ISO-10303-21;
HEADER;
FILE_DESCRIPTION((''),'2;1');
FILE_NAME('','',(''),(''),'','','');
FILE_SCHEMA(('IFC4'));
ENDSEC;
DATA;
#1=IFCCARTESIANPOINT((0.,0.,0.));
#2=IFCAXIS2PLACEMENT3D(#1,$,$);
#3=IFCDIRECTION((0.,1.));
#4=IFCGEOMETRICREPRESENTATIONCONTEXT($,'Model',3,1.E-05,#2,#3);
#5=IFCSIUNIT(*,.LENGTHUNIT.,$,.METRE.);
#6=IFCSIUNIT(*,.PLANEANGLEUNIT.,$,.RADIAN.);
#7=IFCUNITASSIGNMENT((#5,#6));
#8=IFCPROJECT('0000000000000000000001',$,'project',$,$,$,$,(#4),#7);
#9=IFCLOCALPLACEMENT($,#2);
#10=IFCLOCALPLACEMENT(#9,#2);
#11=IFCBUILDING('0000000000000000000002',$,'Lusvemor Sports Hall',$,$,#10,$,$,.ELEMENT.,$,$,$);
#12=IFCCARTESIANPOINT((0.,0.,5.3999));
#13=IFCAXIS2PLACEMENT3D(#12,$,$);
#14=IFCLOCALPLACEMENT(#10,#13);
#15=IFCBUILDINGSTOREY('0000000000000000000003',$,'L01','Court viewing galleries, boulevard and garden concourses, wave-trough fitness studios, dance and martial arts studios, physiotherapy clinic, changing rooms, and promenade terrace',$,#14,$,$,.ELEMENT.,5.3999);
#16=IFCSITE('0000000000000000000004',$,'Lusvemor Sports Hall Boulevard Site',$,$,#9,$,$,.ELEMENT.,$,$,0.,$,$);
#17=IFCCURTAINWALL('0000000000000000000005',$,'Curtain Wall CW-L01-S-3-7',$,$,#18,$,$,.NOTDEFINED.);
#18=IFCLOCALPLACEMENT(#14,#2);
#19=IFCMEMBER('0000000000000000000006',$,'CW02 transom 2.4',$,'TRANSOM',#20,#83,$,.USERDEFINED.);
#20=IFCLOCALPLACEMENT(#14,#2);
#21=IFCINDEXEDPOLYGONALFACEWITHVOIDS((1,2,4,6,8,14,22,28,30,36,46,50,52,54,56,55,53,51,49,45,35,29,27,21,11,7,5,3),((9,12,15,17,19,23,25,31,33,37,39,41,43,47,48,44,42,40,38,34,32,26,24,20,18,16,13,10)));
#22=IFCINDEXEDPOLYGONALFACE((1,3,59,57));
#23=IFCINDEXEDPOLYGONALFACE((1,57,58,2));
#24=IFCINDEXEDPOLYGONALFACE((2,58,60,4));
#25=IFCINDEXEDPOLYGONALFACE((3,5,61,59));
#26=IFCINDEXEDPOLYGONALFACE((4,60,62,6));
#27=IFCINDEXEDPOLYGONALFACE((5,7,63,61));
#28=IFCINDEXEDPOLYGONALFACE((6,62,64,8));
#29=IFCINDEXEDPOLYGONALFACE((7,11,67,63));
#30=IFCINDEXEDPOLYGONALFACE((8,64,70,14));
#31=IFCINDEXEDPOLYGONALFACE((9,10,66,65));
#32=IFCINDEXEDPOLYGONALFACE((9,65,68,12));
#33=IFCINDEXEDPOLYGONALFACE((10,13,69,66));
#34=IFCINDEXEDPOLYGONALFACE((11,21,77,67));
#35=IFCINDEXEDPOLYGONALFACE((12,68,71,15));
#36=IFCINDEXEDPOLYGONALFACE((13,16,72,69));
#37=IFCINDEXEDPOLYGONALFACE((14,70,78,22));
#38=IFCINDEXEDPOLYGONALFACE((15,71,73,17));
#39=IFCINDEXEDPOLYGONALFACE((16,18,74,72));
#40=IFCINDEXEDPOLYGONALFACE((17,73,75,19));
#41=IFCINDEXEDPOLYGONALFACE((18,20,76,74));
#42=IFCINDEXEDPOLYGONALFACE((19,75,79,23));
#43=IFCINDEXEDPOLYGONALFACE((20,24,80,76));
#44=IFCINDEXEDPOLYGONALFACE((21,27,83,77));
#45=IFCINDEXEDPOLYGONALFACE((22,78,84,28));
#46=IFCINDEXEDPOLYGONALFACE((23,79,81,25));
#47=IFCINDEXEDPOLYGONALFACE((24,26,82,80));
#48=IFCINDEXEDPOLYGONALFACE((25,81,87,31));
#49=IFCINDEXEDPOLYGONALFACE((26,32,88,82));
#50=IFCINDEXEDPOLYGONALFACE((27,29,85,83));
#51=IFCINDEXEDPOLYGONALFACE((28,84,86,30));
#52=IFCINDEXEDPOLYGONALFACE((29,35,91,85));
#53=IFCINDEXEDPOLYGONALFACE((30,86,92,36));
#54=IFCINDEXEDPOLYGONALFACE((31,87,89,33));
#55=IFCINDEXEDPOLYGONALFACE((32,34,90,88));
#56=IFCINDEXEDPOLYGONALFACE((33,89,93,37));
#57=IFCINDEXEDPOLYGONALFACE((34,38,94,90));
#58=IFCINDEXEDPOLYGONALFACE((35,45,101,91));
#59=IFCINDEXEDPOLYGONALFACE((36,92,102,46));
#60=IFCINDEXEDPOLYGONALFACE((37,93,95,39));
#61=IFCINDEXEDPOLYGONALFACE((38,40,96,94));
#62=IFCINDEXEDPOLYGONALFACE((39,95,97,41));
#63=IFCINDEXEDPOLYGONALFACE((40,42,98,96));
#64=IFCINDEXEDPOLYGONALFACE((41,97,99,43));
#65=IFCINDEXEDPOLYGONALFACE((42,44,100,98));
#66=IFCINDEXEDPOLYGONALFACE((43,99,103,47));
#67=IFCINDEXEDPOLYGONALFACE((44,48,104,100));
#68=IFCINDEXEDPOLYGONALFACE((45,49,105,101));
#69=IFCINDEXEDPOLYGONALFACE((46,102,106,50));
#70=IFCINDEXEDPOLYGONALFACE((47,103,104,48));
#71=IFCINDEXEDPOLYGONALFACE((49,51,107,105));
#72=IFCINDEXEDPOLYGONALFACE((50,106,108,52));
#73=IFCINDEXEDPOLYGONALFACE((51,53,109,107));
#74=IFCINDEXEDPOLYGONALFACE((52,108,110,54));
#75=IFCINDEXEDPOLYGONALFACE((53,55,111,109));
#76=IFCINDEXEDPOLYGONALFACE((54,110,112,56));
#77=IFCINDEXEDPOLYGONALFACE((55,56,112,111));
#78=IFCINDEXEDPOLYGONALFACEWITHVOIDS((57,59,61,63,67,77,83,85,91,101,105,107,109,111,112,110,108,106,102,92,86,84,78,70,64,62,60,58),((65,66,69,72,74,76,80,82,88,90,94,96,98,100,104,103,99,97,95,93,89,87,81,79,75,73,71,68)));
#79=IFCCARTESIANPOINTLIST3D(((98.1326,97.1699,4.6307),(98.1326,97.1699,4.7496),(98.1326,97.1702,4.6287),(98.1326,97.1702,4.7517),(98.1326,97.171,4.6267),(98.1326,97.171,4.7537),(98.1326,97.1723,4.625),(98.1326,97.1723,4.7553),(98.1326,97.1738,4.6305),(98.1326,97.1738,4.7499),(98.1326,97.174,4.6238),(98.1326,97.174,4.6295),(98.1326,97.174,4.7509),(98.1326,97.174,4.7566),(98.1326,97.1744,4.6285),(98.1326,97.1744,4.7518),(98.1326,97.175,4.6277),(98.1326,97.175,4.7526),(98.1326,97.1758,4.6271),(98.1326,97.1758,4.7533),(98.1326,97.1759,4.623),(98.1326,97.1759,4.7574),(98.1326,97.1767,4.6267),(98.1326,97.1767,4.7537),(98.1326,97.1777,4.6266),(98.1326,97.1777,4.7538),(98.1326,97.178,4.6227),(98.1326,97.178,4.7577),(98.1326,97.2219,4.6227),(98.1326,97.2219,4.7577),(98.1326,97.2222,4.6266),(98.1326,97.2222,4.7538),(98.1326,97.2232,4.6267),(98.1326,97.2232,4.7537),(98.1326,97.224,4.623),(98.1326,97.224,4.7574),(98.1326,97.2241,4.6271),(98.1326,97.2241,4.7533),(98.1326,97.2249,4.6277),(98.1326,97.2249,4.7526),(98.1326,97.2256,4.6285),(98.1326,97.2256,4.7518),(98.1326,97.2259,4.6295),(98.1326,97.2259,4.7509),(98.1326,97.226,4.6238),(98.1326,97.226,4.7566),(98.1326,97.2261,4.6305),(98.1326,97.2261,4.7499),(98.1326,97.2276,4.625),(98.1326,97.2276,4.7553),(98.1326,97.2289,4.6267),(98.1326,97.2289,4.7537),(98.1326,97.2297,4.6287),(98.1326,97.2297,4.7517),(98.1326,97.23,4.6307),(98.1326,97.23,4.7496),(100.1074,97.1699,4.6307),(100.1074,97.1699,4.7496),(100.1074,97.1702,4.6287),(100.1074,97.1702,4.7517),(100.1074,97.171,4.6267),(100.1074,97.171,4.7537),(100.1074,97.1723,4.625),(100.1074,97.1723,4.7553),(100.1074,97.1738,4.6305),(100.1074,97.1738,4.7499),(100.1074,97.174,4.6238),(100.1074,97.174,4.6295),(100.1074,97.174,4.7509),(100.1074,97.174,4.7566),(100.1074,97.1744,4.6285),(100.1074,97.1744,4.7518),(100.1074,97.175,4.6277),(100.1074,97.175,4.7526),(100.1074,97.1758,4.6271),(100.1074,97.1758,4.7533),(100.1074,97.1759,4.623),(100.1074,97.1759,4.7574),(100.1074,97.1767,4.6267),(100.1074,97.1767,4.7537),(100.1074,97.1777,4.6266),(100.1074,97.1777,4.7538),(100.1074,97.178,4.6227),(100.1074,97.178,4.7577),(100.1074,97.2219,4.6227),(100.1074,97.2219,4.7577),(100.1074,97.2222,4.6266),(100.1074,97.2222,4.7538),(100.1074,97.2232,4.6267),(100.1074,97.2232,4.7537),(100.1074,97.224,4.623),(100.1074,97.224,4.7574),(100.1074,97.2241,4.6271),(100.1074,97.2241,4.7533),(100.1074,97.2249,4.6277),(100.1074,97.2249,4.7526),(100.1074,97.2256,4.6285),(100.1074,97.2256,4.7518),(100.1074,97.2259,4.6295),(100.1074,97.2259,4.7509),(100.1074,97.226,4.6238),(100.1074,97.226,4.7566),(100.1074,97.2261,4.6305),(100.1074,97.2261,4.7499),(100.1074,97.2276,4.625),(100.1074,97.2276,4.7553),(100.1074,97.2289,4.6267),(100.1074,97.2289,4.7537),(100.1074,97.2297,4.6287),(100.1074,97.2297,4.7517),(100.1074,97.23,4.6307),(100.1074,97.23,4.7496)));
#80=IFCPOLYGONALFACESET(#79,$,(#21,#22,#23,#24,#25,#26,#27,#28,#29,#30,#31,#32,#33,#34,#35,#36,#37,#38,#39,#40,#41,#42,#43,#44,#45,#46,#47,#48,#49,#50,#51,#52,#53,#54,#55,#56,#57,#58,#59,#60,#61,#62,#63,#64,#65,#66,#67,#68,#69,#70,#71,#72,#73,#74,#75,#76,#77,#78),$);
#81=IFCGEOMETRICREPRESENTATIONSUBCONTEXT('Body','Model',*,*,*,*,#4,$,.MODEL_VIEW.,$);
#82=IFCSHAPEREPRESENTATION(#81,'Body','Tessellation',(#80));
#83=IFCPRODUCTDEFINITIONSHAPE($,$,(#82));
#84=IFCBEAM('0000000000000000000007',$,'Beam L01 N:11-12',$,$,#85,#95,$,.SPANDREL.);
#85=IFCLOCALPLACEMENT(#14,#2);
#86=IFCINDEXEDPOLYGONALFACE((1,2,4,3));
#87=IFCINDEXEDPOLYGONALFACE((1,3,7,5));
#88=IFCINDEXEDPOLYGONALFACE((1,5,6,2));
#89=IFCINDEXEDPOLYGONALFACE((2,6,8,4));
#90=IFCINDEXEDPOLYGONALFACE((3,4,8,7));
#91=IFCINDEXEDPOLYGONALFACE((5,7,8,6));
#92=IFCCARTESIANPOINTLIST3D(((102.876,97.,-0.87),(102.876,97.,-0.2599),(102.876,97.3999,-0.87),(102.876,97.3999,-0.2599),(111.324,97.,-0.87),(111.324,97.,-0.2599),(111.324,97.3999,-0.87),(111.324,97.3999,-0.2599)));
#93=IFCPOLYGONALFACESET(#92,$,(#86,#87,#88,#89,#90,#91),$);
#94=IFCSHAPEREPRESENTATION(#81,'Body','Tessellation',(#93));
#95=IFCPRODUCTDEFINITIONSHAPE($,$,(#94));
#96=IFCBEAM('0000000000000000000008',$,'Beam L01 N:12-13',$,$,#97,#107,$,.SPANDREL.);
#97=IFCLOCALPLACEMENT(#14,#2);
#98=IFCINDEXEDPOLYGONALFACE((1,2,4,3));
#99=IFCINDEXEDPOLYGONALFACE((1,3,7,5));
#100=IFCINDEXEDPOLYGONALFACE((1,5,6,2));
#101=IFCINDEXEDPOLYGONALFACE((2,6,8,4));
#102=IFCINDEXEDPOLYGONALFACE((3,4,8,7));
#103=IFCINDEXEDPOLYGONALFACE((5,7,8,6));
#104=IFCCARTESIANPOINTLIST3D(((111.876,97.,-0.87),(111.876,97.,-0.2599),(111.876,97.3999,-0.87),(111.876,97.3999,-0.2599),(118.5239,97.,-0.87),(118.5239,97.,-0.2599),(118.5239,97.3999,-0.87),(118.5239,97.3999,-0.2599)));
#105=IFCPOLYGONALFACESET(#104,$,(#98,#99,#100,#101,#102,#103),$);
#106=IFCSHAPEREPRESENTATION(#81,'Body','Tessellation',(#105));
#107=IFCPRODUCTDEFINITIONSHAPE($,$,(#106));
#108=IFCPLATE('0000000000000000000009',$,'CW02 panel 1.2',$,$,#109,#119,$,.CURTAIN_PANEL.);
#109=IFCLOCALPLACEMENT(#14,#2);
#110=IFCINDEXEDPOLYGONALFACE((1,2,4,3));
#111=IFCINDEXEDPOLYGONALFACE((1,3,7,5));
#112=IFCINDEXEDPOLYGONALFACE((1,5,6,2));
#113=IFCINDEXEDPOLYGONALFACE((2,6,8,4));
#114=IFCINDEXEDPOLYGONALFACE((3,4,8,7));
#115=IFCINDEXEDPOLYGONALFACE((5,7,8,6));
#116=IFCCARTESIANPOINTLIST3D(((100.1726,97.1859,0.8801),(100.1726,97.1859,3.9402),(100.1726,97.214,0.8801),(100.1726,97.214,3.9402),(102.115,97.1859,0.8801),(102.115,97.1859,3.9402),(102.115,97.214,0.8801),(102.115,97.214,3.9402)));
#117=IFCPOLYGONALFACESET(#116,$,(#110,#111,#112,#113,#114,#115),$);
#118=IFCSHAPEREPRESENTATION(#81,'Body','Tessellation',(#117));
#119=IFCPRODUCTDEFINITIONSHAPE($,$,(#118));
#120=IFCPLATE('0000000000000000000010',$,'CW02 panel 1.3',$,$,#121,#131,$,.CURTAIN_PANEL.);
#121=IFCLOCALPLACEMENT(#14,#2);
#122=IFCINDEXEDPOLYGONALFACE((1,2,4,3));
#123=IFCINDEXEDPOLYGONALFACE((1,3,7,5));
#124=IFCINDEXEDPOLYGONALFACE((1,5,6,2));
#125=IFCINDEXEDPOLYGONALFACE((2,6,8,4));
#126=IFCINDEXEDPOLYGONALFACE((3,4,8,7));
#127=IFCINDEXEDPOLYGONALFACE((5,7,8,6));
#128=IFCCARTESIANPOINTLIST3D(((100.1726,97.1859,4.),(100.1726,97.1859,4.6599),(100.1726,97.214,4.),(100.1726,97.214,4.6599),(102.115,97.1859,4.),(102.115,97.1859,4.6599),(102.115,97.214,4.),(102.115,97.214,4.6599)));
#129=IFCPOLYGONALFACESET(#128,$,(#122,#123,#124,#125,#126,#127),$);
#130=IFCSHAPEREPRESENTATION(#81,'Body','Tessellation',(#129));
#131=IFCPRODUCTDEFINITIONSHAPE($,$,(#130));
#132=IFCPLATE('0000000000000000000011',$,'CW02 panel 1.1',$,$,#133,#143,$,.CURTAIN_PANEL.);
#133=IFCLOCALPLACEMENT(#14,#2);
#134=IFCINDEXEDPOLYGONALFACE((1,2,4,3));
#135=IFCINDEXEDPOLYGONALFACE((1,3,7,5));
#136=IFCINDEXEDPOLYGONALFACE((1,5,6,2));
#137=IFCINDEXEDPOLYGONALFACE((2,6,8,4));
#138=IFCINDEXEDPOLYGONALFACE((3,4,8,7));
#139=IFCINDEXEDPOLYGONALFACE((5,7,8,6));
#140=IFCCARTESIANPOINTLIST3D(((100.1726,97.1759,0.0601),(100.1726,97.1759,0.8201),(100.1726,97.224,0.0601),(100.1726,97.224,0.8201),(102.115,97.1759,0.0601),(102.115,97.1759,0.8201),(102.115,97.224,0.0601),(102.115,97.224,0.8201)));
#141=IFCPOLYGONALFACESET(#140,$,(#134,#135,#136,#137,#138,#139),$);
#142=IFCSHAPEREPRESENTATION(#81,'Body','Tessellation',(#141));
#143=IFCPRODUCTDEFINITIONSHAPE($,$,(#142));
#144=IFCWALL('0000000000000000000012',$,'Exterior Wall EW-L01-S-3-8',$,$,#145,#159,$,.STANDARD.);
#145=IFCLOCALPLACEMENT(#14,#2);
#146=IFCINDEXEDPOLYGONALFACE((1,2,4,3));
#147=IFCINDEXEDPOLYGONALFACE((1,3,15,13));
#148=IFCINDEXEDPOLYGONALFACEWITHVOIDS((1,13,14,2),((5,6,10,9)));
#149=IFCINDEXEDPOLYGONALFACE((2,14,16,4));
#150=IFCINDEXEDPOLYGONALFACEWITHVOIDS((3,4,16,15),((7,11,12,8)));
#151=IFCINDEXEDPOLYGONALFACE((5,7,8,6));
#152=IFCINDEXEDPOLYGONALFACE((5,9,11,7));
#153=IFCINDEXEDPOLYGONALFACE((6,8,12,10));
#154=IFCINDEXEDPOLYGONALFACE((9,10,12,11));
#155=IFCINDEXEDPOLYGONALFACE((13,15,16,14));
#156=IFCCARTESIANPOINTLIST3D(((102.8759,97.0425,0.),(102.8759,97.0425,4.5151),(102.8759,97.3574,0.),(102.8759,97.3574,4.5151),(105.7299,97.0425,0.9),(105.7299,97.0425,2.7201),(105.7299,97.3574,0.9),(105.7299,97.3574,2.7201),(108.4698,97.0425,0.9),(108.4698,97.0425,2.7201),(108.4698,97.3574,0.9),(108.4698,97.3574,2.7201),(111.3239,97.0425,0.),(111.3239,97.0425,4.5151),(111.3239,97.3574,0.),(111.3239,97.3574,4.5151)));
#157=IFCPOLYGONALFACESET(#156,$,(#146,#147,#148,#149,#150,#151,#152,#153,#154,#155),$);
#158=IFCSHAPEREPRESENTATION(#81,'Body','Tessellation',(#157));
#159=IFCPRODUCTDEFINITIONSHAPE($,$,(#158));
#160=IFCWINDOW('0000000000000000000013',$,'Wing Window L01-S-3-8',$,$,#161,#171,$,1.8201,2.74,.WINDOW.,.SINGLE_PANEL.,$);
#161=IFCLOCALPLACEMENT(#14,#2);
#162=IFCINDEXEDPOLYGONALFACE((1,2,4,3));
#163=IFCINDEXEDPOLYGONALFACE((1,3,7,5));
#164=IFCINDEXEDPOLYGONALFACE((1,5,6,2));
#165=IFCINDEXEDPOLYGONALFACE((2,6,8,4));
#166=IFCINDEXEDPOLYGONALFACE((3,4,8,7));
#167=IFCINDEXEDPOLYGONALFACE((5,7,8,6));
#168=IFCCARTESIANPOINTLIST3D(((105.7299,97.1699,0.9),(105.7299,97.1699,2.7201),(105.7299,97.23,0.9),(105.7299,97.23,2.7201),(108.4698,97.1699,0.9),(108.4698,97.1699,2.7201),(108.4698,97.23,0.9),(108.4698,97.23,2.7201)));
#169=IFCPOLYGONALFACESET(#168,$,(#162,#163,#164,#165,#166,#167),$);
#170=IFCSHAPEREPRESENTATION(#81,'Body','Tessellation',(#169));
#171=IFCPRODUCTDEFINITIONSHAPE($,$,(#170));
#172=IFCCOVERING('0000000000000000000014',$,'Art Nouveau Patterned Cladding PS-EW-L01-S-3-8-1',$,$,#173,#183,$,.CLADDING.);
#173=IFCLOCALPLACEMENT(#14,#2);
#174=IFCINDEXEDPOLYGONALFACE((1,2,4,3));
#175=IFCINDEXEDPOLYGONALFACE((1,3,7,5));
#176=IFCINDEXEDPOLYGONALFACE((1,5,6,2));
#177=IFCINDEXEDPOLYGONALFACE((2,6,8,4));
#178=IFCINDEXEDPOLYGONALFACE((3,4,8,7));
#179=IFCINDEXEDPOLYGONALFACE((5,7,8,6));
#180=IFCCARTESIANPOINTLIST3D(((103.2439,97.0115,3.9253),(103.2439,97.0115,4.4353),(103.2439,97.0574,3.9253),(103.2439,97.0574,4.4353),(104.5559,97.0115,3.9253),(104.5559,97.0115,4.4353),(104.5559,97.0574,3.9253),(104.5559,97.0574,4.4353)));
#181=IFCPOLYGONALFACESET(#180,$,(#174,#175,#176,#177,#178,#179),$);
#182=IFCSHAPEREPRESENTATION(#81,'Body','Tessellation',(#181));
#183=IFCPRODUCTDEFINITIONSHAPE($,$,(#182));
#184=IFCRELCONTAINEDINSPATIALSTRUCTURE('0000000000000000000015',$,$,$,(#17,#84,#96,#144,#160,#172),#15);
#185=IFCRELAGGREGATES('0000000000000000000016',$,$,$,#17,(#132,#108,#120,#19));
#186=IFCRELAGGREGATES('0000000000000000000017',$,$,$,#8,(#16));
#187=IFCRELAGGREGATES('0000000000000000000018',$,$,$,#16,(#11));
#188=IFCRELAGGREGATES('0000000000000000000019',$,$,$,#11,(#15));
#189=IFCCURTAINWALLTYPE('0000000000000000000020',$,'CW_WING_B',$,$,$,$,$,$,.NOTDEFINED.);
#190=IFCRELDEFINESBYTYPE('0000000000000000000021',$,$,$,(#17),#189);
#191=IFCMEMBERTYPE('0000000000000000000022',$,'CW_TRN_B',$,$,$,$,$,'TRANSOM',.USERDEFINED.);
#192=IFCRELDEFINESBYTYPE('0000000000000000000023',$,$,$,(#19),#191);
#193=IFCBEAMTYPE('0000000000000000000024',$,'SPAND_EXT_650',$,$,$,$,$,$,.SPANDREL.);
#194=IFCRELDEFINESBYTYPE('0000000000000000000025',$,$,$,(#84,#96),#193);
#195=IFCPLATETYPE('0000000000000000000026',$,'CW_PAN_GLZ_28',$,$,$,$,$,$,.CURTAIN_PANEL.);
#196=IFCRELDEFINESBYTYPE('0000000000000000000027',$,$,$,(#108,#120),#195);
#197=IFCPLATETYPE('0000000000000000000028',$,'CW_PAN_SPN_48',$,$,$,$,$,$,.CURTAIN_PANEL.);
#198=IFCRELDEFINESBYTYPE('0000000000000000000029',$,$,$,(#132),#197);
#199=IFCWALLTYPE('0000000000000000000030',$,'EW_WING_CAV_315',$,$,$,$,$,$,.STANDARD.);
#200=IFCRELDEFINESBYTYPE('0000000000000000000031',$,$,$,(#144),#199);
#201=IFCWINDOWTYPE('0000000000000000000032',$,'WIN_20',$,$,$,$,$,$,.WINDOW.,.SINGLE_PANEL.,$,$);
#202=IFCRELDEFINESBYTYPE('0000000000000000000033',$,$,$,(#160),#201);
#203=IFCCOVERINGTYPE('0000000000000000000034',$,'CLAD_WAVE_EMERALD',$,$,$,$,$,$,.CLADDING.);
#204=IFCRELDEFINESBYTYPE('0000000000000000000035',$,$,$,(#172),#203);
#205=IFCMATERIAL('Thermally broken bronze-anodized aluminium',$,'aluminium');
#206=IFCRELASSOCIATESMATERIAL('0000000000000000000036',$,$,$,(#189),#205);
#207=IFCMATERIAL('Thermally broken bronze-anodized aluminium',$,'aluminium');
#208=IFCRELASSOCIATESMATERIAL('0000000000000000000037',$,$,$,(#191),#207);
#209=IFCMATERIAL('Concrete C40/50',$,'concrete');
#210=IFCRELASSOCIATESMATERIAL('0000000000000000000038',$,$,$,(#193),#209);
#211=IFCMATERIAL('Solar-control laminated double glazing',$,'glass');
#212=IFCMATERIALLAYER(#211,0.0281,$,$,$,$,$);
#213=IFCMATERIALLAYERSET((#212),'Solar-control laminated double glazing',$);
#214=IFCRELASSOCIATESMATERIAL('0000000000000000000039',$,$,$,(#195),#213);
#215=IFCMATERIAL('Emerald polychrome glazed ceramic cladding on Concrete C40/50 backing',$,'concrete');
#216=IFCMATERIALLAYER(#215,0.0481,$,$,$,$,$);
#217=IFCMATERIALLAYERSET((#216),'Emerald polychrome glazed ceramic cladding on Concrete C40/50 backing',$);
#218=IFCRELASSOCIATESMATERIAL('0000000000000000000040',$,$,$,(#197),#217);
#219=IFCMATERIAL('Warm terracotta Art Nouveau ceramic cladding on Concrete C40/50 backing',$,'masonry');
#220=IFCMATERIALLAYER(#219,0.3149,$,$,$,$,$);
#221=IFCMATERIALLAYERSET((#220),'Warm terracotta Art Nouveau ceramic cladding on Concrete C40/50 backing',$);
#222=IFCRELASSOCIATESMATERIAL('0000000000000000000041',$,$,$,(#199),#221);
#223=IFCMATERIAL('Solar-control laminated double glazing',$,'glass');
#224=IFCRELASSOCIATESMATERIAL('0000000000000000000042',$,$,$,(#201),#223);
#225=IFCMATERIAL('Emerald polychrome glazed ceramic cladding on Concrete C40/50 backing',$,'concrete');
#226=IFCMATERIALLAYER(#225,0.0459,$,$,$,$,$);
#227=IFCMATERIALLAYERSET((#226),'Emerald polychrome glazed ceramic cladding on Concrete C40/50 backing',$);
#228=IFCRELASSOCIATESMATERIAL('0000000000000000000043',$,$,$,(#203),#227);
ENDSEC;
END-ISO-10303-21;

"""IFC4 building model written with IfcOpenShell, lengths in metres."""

from ifc_helpers import new_model, si_unit, direction, frame, frame_2d, origin, origin_2d, place, context, subcontext, project, spatial, rectangle, hollow_rectangle, extrude, material, layer, layer_set, material_profile, profile_set, type_object, element, fill, aggregate, save


model = new_model("IFC4")

# Units and contexts
model_context = context("Model", 3, precision=1e-05, world=origin(), true_north=direction((0.0, 1.0)))
body_context = subcontext(model_context, "Body", "Model", "MODEL_VIEW")
ifc_project = project(units=[si_unit("LENGTHUNIT", "METRE"), si_unit("PLANEANGLEUNIT", "RADIAN")], contexts=[model_context])

# Site, building, storey
site_placement = place(None, origin())
site = spatial("IfcSite", under=ifc_project, at=site_placement, Name="Lusvemor Sports Hall Boulevard Site", CompositionType="ELEMENT", RefElevation=0.0)
building_placement = place(site_placement, origin())
building = spatial("IfcBuilding", under=site, at=building_placement, Name="Lusvemor Sports Hall", CompositionType="ELEMENT")
storey_placement = place(building_placement, frame((0.0, 0.0, 5.3999)))
storey = spatial("IfcBuildingStorey", under=building, at=storey_placement, Name="L01", Description="Court viewing galleries, boulevard and garden concourses, wave-trough fitness studios, dance and martial arts studios, physiotherapy clinic, changing rooms, and promenade terrace", CompositionType="ELEMENT", Elevation=5.3999)

# Curtain wall, member
ifc_material_1 = material(Name="Thermally broken bronze-anodized aluminium", Category="aluminium")
curtain_wall_type = type_object("IfcCurtainWallType", Name="CW_WING_B", PredefinedType="NOTDEFINED", material=ifc_material_1)
curtain_wall_placement = place(storey_placement, origin())
curtain_wall = element("IfcCurtainWall", 1, at=curtain_wall_placement, inside=storey, type_object=curtain_wall_type, Name="Curtain Wall CW-L01-S-3-7", PredefinedType="NOTDEFINED")
ifc_material_2 = material(Name="Thermally broken bronze-anodized aluminium", Category="aluminium")
ifc_material_profile_1 = material_profile(ifc_material_2, hollow_rectangle(XDim=0.0601, YDim=0.135, WallThickness=0.0039, InnerFilletRadius=0.0039, OuterFilletRadius=0.0081, at=origin_2d()), Name="CWTRN135x60x4")
ifc_profile_set_1 = profile_set([ifc_material_profile_1], Name="Thermally broken bronze-anodized aluminium")
member_type_1 = type_object("IfcMemberType", Name="CW_TRN_B", ElementType="TRANSOM", PredefinedType="USERDEFINED", material=ifc_profile_set_1)
member_1_placement = place(storey_placement, frame((100.1074, 97.2, 4.6902), z_axis=(-1.0, 0.0, 0.0), x_axis=(0.0, -1.0, 0.0)))
member_1 = element("IfcMember", 2, at=member_1_placement, type_object=member_type_1, Name="CW02 transom 2.4", ObjectType="TRANSOM", PredefinedType="USERDEFINED", context=body_context, shape_type="SweptSolid", body=[
    extrude(hollow_rectangle(XDim=0.0601, YDim=0.135, WallThickness=0.0039, InnerFilletRadius=0.0039, OuterFilletRadius=0.0081, at=origin_2d()), origin(), (0.0, 0.0, 1.0), 1.9749),
])

# Beams
ifc_material_3 = material(Name="Concrete C40/50", Category="concrete")
ifc_material_profile_2 = material_profile(ifc_material_3, rectangle(XDim=0.3999, YDim=0.6101, at=origin_2d()), Name="RC400x610")
ifc_profile_set_2 = profile_set([ifc_material_profile_2], Name="Concrete C40/50")
beam_type = type_object("IfcBeamType", Name="SPAND_EXT_650", PredefinedType="SPANDREL", material=ifc_profile_set_2)
beam_1_placement = place(storey_placement, frame((102.876, 97.2, -0.5649), z_axis=(1.0, 0.0, 0.0), x_axis=(0.0, 1.0, 0.0)))
element("IfcBeam", 3, at=beam_1_placement, inside=storey, type_object=beam_type, Name="Beam L01 N:11-12", PredefinedType="SPANDREL", context=body_context, shape_type="SweptSolid", body=[
    extrude(rectangle(XDim=0.3999, YDim=0.6101, at=origin_2d()), origin(), (0.0, 0.0, 1.0), 8.448),
])
beam_2_placement = place(storey_placement, frame((111.876, 97.2, -0.5649), z_axis=(1.0, 0.0, 0.0), x_axis=(0.0, 1.0, 0.0)))
element("IfcBeam", 4, at=beam_2_placement, inside=storey, type_object=beam_type, Name="Beam L01 N:12-13", PredefinedType="SPANDREL", context=body_context, shape_type="SweptSolid", body=[
    extrude(rectangle(XDim=0.3999, YDim=0.6101, at=origin_2d()), origin(), (0.0, 0.0, 1.0), 6.6479),
])

# Plates
ifc_material_4 = material(Name="Solar-control laminated double glazing", Category="glass")
ifc_layer_1 = layer(ifc_material_4, 0.0281)
ifc_layer_set_1 = layer_set([ifc_layer_1], Name="Solar-control laminated double glazing")
plate_type_1 = type_object("IfcPlateType", Name="CW_PAN_GLZ_28", PredefinedType="CURTAIN_PANEL", material=ifc_layer_set_1)
plate_1_placement = place(storey_placement, frame((101.1438, 97.2, 0.8801), z_axis=(0.0, 0.0, 1.0), x_axis=(-1.0, 0.0, 0.0)))
plate_1 = element("IfcPlate", 5, at=plate_1_placement, type_object=plate_type_1, Name="CW02 panel 1.2", PredefinedType="CURTAIN_PANEL", context=body_context, shape_type="SweptSolid", body=[
    extrude(rectangle(XDim=1.9424, YDim=0.0281, at=origin_2d()), origin(), (0.0, 0.0, 1.0), 3.0601),
])
plate_2_placement = place(storey_placement, frame((101.1438, 97.2, 4.0), z_axis=(0.0, 0.0, 1.0), x_axis=(-1.0, 0.0, 0.0)))
plate_2 = element("IfcPlate", 6, at=plate_2_placement, type_object=plate_type_1, Name="CW02 panel 1.3", PredefinedType="CURTAIN_PANEL", context=body_context, shape_type="SweptSolid", body=[
    extrude(rectangle(XDim=1.9424, YDim=0.0281, at=origin_2d()), origin(), (0.0, 0.0, 1.0), 0.6599),
])
ifc_material_5 = material(Name="Emerald polychrome glazed ceramic cladding on Concrete C40/50 backing", Category="concrete")
ifc_layer_2 = layer(ifc_material_5, 0.0481)
ifc_layer_set_2 = layer_set([ifc_layer_2], Name="Emerald polychrome glazed ceramic cladding on Concrete C40/50 backing")
plate_type_2 = type_object("IfcPlateType", Name="CW_PAN_SPN_48", PredefinedType="CURTAIN_PANEL", material=ifc_layer_set_2)
plate_3_placement = place(storey_placement, frame((101.1438, 97.2, 0.0601), z_axis=(0.0, 0.0, 1.0), x_axis=(-1.0, 0.0, 0.0)))
plate_3 = element("IfcPlate", 7, at=plate_3_placement, type_object=plate_type_2, Name="CW02 panel 1.1", PredefinedType="CURTAIN_PANEL", context=body_context, shape_type="SweptSolid", body=[
    extrude(rectangle(XDim=1.9424, YDim=0.0481, at=origin_2d()), origin(), (0.0, 0.0, 1.0), 0.76),
])
aggregate(curtain_wall, [plate_3, plate_1, plate_2, member_1])

# Wall, opening, window
ifc_material_6 = material(Name="Warm terracotta Art Nouveau ceramic cladding on Concrete C40/50 backing", Category="masonry")
ifc_layer_3 = layer(ifc_material_6, 0.3149)
ifc_layer_set_3 = layer_set([ifc_layer_3], Name="Warm terracotta Art Nouveau ceramic cladding on Concrete C40/50 backing")
wall_type = type_object("IfcWallType", Name="EW_WING_CAV_315", PredefinedType="STANDARD", material=ifc_layer_set_3)
wall_placement = place(storey_placement, frame((111.324, 97.2, 0.0), z_axis=(0.0, 0.0, 1.0), x_axis=(-1.0, 0.0, 0.0)))
wall = element("IfcWall", 8, at=wall_placement, inside=storey, type_object=wall_type, Name="Exterior Wall EW-L01-S-3-8", PredefinedType="STANDARD", context=body_context, shape_type="SweptSolid", body=[
    extrude(rectangle(XDim=8.448, YDim=0.3149, at=frame_2d((4.2241, 0.0))), origin(), (0.0, 0.0, 1.0), 4.5151),
])
opening_placement = place(wall_placement, frame((2.854, 0.0, 0.8999)))
opening = element("IfcOpeningElement", 9, at=opening_placement, cuts=wall, PredefinedType="OPENING", context=body_context, shape_type="SweptSolid", body=[
    extrude(rectangle(XDim=2.74, YDim=1.8201, at=frame_2d((1.3701, 0.9102))), frame((0.0, 0.1575, 0.0), z_axis=(0.0, -1.0, 0.0), x_axis=(1.0, 0.0, 0.0)), (0.0, 0.0, 1.0), 0.3149),
])
ifc_material_7 = material(Name="Solar-control laminated double glazing", Category="glass")
window_type = type_object("IfcWindowType", Name="WIN_20", PartitioningType="SINGLE_PANEL", PredefinedType="WINDOW", material=ifc_material_7)
window_placement = place(opening_placement, origin())
window = element("IfcWindow", 10, at=window_placement, inside=storey, type_object=window_type, Name="Wing Window L01-S-3-8", OverallHeight=1.8201, OverallWidth=2.74, PartitioningType="SINGLE_PANEL", PredefinedType="WINDOW", context=body_context, shape_type="SweptSolid", body=[
    extrude(rectangle(XDim=2.74, YDim=1.8201, at=frame_2d((1.3701, 0.9102))), frame((0.0, 0.03, 0.0), z_axis=(0.0, -1.0, 0.0), x_axis=(1.0, 0.0, 0.0)), (0.0, 0.0, 1.0), 0.0601),
])
fill(opening, window)

# Covering
ifc_material_8 = material(Name="Emerald polychrome glazed ceramic cladding on Concrete C40/50 backing", Category="concrete")
ifc_layer_4 = layer(ifc_material_8, 0.0459)
ifc_layer_set_4 = layer_set([ifc_layer_4], Name="Emerald polychrome glazed ceramic cladding on Concrete C40/50 backing")
covering_type_1 = type_object("IfcCoveringType", Name="CLAD_WAVE_EMERALD", PredefinedType="CLADDING", material=ifc_layer_set_4)
for number, where, z_axis, x_axis, name in (
    (11, (103.8999, 97.0344, 3.9253), (0.0, 0.0, 1.0), (1.0, 0.0, 0.0), "Art Nouveau Patterned Cladding PS-EW-L01-S-3-8-1"),
):
    element("IfcCovering", number, at=place(storey_placement, frame(where, z_axis=z_axis, x_axis=x_axis)), inside=storey, type_object=covering_type_1, Name=name, PredefinedType="CLADDING", context=body_context, shape_type="SweptSolid", body=[
        extrude(rectangle(XDim=1.312, YDim=0.0459, at=origin_2d()), origin(), (0.0, 0.0, 1.0), 0.51),
    ])

save(model, "model.ifc")
